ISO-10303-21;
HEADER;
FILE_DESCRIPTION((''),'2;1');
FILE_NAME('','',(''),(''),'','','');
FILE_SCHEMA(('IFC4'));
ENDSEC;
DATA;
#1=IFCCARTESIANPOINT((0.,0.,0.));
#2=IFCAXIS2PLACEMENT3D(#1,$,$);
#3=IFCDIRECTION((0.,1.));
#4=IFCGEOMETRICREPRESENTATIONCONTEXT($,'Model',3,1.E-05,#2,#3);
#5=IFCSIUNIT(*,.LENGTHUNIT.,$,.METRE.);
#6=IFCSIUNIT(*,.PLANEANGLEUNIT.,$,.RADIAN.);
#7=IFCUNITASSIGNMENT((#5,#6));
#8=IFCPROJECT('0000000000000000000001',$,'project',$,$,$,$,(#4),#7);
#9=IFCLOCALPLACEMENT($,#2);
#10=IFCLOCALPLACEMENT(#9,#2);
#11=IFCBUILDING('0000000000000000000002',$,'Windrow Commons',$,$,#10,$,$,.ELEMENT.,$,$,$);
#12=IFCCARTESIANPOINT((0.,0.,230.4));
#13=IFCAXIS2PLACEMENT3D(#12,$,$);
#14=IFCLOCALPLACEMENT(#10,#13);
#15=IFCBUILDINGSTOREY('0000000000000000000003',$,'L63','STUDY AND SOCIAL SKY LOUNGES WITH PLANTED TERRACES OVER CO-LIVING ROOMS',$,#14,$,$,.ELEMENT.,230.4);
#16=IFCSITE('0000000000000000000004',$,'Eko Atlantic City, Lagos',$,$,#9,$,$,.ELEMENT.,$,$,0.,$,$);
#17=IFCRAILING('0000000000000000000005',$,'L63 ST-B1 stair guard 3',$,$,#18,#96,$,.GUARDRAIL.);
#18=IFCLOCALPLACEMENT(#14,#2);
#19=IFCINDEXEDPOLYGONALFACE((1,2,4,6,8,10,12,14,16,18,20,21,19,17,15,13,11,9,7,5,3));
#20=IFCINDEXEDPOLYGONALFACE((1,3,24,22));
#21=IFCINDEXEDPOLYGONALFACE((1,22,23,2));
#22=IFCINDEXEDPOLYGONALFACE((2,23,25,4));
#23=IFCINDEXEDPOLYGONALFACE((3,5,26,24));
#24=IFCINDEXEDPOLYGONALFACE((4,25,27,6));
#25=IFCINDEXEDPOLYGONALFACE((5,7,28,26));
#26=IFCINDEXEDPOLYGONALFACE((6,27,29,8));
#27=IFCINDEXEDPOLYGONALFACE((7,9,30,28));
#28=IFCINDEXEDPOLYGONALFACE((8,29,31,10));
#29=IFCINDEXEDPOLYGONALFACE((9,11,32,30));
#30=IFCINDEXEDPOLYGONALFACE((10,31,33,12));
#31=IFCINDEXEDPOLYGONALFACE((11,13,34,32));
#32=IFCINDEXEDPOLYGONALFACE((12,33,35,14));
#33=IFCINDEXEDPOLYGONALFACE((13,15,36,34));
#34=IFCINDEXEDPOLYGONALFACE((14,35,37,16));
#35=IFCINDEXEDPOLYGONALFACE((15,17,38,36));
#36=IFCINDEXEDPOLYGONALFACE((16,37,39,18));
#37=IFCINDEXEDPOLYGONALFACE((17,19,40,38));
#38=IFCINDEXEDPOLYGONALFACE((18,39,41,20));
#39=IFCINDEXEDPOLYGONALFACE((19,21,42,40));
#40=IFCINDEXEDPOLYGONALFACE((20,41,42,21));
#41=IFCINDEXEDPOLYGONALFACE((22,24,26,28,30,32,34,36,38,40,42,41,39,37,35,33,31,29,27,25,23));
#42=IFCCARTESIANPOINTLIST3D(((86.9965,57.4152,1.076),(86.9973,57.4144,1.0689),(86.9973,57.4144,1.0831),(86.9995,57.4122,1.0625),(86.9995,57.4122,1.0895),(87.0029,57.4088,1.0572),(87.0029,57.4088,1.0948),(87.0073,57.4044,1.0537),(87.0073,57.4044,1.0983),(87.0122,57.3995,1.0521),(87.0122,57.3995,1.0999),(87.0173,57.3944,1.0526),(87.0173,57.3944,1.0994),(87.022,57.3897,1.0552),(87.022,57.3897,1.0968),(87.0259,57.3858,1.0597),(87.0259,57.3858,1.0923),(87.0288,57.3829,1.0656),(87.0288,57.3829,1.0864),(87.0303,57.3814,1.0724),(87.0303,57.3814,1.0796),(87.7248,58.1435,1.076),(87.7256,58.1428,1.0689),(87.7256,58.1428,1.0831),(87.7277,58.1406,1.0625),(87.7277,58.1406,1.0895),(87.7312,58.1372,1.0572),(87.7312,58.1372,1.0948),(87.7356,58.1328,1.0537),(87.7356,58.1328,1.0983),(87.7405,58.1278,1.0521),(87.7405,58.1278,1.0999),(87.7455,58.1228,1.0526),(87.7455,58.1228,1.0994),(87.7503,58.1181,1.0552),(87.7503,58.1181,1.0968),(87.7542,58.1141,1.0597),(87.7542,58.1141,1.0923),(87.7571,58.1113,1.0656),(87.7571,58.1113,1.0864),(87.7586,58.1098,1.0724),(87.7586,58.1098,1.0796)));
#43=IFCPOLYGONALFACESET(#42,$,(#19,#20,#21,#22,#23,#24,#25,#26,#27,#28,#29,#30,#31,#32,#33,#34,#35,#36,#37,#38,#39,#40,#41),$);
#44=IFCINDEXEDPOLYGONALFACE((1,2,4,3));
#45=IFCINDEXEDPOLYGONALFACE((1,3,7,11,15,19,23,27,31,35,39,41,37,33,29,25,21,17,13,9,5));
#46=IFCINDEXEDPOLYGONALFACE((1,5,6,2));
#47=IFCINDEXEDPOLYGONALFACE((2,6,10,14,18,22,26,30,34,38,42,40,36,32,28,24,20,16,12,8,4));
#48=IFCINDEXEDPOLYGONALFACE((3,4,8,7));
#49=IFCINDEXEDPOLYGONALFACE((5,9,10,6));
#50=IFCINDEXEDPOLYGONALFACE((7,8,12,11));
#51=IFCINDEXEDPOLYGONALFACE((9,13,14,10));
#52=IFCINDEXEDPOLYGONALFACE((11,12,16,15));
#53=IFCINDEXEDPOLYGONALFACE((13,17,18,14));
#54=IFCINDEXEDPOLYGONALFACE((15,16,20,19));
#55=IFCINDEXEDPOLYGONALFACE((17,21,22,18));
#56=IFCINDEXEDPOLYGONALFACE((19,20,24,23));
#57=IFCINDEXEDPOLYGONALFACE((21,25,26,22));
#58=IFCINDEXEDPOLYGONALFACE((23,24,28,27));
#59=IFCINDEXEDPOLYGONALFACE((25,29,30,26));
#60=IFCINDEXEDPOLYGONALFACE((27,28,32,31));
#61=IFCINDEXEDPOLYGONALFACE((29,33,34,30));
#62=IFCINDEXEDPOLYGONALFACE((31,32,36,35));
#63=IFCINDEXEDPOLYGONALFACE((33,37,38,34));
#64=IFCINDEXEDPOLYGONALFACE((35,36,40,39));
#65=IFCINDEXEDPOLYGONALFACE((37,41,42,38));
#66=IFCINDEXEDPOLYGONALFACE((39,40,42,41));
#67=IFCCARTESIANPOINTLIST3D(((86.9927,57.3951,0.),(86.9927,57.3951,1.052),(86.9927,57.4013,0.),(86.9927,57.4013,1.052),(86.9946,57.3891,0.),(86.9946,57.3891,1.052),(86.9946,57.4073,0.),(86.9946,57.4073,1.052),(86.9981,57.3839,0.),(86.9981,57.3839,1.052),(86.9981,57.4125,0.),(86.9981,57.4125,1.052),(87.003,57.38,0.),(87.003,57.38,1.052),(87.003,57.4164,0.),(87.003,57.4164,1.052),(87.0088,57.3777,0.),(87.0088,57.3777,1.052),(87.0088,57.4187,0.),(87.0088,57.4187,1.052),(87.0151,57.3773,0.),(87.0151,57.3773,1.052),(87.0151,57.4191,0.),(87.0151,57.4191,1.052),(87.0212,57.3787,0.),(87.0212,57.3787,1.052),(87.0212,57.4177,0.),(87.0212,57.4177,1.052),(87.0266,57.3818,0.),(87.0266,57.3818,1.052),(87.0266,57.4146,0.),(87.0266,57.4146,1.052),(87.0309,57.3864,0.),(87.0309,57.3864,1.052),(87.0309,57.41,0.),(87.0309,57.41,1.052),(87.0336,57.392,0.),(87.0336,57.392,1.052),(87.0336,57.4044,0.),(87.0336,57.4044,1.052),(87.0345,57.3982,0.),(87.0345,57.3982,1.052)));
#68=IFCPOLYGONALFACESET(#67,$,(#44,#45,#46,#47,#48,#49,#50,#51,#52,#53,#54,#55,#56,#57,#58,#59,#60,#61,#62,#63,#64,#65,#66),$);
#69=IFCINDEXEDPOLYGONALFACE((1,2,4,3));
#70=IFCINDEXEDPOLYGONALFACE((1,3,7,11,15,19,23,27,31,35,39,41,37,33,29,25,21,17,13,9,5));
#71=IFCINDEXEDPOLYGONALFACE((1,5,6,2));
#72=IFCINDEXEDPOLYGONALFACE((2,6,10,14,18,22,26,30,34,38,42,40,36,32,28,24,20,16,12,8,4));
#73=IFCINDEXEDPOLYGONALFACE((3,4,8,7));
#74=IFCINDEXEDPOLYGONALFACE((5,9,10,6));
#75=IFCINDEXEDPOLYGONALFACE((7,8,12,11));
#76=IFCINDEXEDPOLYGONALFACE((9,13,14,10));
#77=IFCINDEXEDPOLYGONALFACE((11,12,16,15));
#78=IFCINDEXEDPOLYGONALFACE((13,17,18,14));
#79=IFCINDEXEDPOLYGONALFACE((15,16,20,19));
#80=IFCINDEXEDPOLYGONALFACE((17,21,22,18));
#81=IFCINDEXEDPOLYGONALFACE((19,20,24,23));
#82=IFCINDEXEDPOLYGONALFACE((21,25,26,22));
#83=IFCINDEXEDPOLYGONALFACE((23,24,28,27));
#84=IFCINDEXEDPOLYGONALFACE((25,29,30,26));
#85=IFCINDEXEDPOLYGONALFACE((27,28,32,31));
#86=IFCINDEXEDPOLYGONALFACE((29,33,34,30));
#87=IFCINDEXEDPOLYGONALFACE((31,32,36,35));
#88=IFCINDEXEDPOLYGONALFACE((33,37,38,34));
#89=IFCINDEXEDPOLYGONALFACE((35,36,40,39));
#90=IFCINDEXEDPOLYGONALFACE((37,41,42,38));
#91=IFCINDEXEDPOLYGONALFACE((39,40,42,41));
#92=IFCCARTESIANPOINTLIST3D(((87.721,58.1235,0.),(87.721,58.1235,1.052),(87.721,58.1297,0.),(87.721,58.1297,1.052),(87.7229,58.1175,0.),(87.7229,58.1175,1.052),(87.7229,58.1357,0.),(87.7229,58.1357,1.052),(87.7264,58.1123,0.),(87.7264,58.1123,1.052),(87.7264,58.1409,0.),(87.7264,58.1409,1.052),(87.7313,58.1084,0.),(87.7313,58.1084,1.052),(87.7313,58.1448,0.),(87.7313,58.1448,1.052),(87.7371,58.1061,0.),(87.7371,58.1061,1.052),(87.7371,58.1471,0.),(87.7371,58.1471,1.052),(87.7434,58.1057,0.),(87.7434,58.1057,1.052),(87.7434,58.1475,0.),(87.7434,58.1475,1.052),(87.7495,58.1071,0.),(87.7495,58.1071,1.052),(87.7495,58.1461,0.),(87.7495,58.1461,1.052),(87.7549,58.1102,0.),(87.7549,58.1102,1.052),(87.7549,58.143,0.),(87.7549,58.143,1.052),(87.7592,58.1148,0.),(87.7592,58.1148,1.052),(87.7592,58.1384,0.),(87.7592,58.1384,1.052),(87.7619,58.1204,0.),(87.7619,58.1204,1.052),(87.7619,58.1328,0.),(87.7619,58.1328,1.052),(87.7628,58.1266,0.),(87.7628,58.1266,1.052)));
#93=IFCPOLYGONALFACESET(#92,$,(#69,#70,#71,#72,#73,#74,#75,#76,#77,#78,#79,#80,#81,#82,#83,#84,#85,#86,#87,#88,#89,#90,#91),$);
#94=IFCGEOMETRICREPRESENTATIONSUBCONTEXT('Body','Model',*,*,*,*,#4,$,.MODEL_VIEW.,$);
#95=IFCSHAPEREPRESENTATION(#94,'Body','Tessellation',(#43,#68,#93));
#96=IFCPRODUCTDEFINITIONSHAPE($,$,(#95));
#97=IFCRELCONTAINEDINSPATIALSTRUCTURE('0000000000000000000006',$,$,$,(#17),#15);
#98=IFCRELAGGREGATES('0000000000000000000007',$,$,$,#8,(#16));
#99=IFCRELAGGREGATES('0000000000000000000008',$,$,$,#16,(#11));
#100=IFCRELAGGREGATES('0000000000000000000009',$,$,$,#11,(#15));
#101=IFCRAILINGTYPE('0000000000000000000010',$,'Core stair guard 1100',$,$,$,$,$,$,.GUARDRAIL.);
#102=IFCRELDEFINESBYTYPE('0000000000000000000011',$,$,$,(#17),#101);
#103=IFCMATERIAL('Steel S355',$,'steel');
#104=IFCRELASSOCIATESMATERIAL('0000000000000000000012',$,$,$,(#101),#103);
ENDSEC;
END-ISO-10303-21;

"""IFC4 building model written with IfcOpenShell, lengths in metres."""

from ifc_helpers import new_model, si_unit, direction, frame, origin, origin_2d, place, context, subcontext, project, spatial, circle, extrude, material, type_object, element, save


model = new_model("IFC4")

# Units and contexts
model_context = context("Model", 3, precision=1e-05, world=origin(), true_north=direction((0.0, 1.0)))
body_context = subcontext(model_context, "Body", "Model", "MODEL_VIEW")
ifc_project = project(units=[si_unit("LENGTHUNIT", "METRE"), si_unit("PLANEANGLEUNIT", "RADIAN")], contexts=[model_context])

# Site, building, storey
site_placement = place(None, origin())
site = spatial("IfcSite", under=ifc_project, at=site_placement, Name="Eko Atlantic City, Lagos", CompositionType="ELEMENT", RefElevation=0.0)
building_placement = place(site_placement, origin())
building = spatial("IfcBuilding", under=site, at=building_placement, Name="Windrow Commons", CompositionType="ELEMENT")
storey_placement = place(building_placement, frame((0.0, 0.0, 230.4)))
storey = spatial("IfcBuildingStorey", under=building, at=storey_placement, Name="L63", Description="STUDY AND SOCIAL SKY LOUNGES WITH PLANTED TERRACES OVER CO-LIVING ROOMS", CompositionType="ELEMENT", Elevation=230.4)

# Railing
ifc_material_1 = material(Name="Steel S355", Category="steel")
railing_type_1 = type_object("IfcRailingType", Name="Core stair guard 1100", PredefinedType="GUARDRAIL", material=ifc_material_1)
railing_1_placement = place(storey_placement, frame((87.0135, 57.3982, 0.0)))
element("IfcRailing", 1, at=railing_1_placement, inside=storey, type_object=railing_type_1, Name="L63 ST-B1 stair guard 3", PredefinedType="GUARDRAIL", context=body_context, shape_type="SweptSolid", body=[
    extrude(circle(Radius=0.024, at=origin_2d()), frame((0.0, 0.0, 1.076), z_axis=(0.707058, 0.707155, 0.0), x_axis=(-0.707155, 0.707058, 0.0)), (0.0, 0.0, 1.0), 1.03),
    extrude(circle(Radius=0.021, at=origin_2d()), origin(), (0.0, 0.0, 1.0), 1.052),
    extrude(circle(Radius=0.021, at=origin_2d()), frame((0.7283, 0.7284, 0.0)), (0.0, 0.0, 1.0), 1.052),
])

save(model, "model.ifc")
